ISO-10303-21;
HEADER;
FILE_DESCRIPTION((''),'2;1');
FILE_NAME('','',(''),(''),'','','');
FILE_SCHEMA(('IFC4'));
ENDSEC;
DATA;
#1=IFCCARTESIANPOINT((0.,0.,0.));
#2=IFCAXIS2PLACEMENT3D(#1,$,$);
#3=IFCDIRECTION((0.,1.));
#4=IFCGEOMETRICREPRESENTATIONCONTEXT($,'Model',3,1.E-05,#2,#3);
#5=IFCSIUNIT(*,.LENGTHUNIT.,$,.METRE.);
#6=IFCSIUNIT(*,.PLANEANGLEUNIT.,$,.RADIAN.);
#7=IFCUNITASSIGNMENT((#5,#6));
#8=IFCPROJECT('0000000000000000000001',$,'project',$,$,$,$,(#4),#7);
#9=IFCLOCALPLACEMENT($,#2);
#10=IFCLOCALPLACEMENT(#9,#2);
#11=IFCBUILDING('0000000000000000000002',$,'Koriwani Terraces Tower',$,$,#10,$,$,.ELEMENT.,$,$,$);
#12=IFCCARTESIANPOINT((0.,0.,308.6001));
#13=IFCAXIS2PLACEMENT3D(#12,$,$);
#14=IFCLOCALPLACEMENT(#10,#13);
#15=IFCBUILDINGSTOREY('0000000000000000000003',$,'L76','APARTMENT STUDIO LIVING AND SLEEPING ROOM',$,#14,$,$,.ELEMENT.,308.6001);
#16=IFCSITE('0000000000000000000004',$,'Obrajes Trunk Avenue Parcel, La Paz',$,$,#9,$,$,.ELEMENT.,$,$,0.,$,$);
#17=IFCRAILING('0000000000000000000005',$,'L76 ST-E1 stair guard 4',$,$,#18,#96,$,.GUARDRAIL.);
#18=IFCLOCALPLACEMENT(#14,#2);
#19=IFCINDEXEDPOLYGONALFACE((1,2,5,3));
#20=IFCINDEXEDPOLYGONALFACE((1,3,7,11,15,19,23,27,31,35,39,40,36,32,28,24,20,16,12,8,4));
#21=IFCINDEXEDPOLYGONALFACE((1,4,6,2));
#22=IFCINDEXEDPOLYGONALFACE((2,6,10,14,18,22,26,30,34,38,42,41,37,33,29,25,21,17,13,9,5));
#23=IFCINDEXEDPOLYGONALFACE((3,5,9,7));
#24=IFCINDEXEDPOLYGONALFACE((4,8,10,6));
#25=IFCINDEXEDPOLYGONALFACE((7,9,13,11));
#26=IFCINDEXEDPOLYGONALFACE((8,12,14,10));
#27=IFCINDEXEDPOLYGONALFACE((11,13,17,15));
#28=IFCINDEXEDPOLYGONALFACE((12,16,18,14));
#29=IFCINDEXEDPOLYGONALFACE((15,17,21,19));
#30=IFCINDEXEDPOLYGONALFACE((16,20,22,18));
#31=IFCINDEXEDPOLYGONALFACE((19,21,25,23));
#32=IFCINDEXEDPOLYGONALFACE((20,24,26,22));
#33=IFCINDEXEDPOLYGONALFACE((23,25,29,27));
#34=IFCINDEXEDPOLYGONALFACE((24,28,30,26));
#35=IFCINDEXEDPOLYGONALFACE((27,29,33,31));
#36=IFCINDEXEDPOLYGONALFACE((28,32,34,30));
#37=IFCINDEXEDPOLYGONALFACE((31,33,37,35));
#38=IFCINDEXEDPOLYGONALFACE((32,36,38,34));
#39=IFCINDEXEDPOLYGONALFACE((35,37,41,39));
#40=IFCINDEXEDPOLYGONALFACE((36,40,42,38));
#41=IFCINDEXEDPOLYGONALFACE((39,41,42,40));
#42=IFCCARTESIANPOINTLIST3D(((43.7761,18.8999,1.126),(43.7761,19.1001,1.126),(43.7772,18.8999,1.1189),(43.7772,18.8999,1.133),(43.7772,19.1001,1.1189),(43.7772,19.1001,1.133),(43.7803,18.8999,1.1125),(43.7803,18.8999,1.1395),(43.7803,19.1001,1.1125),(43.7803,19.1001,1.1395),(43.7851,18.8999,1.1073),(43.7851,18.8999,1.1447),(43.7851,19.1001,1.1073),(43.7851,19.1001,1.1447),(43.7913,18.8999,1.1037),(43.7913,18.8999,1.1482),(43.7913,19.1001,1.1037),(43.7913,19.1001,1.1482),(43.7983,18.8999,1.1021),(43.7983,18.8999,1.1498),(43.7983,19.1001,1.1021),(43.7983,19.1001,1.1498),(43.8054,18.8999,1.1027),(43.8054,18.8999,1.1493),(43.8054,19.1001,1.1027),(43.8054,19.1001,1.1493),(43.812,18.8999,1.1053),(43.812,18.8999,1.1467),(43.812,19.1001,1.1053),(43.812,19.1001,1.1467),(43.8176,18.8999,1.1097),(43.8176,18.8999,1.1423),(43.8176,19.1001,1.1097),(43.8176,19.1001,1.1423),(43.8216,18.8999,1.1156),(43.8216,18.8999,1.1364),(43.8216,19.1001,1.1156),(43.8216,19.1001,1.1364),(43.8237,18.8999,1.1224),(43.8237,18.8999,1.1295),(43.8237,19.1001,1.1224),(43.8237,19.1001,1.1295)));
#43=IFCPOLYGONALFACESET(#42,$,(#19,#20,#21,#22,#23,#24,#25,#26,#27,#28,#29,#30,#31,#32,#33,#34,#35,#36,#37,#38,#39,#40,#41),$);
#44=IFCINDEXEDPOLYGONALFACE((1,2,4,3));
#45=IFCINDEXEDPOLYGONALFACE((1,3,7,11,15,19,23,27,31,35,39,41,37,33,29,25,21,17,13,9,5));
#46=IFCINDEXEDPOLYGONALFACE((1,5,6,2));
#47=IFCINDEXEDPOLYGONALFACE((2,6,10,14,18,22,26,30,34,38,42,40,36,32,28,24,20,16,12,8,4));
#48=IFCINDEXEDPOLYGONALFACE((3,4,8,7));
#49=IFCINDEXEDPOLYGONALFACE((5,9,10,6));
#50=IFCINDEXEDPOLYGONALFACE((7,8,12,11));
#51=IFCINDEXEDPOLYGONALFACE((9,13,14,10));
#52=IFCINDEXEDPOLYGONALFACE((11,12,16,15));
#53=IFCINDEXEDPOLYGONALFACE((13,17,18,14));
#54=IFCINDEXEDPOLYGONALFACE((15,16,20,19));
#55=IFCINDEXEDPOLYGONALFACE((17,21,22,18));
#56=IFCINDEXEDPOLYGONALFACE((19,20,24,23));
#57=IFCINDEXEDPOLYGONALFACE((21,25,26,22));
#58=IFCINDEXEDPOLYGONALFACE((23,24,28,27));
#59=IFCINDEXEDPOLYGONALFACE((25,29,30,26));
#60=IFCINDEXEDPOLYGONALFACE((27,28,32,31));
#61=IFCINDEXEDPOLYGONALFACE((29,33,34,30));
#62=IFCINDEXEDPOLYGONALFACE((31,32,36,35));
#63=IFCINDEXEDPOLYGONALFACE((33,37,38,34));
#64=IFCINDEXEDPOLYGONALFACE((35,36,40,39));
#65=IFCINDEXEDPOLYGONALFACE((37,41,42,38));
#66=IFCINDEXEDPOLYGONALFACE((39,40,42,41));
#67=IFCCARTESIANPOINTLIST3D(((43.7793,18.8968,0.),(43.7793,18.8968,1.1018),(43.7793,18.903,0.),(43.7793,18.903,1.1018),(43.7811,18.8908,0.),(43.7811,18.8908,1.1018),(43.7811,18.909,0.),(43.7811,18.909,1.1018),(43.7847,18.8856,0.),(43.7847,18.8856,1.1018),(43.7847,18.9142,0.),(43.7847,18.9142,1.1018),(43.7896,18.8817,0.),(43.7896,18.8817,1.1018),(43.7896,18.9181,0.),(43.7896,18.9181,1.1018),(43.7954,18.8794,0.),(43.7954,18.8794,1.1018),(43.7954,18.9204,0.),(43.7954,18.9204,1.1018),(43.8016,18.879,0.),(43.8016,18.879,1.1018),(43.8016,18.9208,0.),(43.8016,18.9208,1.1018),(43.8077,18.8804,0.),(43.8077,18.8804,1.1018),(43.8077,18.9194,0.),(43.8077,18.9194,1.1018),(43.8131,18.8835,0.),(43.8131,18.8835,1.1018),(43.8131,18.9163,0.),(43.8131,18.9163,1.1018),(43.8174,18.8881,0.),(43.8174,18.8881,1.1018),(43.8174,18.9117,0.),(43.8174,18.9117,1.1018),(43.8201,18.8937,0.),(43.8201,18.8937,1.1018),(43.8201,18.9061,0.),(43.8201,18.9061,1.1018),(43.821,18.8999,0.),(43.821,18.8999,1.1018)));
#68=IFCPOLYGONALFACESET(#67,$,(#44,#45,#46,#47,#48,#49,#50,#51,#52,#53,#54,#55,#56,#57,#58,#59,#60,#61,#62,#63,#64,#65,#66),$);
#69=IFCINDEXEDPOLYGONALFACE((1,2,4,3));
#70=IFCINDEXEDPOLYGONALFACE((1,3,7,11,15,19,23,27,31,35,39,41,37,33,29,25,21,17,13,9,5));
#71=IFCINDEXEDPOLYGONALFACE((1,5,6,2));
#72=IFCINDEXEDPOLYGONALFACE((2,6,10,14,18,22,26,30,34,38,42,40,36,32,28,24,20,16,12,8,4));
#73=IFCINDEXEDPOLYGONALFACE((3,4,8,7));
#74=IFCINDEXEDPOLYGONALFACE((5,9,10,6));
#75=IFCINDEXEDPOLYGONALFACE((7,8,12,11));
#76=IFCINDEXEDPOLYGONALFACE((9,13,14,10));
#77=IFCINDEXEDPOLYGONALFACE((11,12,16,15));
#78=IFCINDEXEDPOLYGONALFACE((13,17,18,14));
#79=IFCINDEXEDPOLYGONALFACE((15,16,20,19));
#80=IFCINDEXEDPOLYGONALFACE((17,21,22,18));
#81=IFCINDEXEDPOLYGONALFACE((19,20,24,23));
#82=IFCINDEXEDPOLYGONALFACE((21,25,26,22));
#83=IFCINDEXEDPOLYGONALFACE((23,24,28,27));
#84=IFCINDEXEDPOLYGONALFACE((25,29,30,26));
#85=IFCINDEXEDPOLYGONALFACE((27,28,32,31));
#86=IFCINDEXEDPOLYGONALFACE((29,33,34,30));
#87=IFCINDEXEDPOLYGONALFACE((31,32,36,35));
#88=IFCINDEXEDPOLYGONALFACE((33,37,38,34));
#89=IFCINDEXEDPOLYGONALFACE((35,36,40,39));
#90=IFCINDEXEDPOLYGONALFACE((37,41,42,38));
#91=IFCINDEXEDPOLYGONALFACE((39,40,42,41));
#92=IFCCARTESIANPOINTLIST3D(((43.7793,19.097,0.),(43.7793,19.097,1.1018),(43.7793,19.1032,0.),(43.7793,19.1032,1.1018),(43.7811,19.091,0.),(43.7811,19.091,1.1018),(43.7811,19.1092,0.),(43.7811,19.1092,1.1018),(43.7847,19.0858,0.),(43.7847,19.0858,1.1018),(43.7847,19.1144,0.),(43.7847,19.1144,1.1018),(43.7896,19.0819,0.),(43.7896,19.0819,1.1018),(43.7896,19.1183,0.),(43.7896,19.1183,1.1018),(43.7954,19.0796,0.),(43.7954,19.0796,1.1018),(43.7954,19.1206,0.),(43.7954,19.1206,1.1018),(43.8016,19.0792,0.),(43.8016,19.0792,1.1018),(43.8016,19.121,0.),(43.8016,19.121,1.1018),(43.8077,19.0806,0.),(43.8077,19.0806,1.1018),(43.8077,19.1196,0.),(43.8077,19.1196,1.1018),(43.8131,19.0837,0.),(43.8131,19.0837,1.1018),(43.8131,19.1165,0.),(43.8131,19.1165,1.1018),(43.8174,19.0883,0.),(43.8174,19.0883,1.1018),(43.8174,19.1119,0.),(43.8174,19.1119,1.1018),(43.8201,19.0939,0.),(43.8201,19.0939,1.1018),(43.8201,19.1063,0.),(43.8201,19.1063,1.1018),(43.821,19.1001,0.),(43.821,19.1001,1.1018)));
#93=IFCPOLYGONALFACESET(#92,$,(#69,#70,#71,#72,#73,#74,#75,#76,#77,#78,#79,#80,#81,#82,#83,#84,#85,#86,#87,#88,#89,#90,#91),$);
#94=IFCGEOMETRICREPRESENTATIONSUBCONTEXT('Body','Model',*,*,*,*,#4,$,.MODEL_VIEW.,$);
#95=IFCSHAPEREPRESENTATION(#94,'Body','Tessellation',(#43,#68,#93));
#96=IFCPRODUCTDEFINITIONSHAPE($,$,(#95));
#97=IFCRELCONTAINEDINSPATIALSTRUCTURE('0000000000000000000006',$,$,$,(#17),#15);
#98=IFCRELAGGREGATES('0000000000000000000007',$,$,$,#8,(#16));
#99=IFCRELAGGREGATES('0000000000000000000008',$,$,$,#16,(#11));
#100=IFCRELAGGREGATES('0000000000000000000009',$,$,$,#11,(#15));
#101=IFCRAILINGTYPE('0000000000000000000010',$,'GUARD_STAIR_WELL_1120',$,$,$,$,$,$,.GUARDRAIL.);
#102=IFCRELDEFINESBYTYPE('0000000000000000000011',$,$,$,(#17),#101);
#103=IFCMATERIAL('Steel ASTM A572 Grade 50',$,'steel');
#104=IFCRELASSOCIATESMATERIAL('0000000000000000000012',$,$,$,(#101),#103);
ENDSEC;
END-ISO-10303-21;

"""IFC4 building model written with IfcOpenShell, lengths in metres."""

from ifc_helpers import new_model, si_unit, direction, frame, origin, origin_2d, place, context, subcontext, project, spatial, circle, extrude, material, type_object, element, save


model = new_model("IFC4")

# Units and contexts
model_context = context("Model", 3, precision=1e-05, world=origin(), true_north=direction((0.0, 1.0)))
body_context = subcontext(model_context, "Body", "Model", "MODEL_VIEW")
ifc_project = project(units=[si_unit("LENGTHUNIT", "METRE"), si_unit("PLANEANGLEUNIT", "RADIAN")], contexts=[model_context])

# Site, building, storey
site_placement = place(None, origin())
site = spatial("IfcSite", under=ifc_project, at=site_placement, Name="Obrajes Trunk Avenue Parcel, La Paz", CompositionType="ELEMENT", RefElevation=0.0)
building_placement = place(site_placement, origin())
building = spatial("IfcBuilding", under=site, at=building_placement, Name="Koriwani Terraces Tower", CompositionType="ELEMENT")
storey_placement = place(building_placement, frame((0.0, 0.0, 308.6001)))
storey = spatial("IfcBuildingStorey", under=building, at=storey_placement, Name="L76", Description="APARTMENT STUDIO LIVING AND SLEEPING ROOM", CompositionType="ELEMENT", Elevation=308.6001)

# Shared definitions
ifc_material_1 = material(Name="Steel ASTM A572 Grade 50", Category="steel")

# Railing
railing_type_1 = type_object("IfcRailingType", Name="GUARD_STAIR_WELL_1120", PredefinedType="GUARDRAIL", material=ifc_material_1)
railing_1_placement = place(storey_placement, frame((43.8, 18.8999, 0.0)))
element("IfcRailing", 1, at=railing_1_placement, inside=storey, type_object=railing_type_1, Name="L76 ST-E1 stair guard 4", PredefinedType="GUARDRAIL", context=body_context, shape_type="SweptSolid", body=[
    extrude(circle(Radius=0.0239, at=origin_2d()), frame((0.0, 0.0, 1.126), z_axis=(0.0, 1.0, 0.0), x_axis=(-1.0, 0.0, 0.0)), (0.0, 0.0, 1.0), 0.2002),
    extrude(circle(Radius=0.021, at=origin_2d()), origin(), (0.0, 0.0, 1.0), 1.1018),
    extrude(circle(Radius=0.021, at=origin_2d()), frame((0.0, 0.2002, 0.0)), (0.0, 0.0, 1.0), 1.1018),
])

save(model, "model.ifc")
